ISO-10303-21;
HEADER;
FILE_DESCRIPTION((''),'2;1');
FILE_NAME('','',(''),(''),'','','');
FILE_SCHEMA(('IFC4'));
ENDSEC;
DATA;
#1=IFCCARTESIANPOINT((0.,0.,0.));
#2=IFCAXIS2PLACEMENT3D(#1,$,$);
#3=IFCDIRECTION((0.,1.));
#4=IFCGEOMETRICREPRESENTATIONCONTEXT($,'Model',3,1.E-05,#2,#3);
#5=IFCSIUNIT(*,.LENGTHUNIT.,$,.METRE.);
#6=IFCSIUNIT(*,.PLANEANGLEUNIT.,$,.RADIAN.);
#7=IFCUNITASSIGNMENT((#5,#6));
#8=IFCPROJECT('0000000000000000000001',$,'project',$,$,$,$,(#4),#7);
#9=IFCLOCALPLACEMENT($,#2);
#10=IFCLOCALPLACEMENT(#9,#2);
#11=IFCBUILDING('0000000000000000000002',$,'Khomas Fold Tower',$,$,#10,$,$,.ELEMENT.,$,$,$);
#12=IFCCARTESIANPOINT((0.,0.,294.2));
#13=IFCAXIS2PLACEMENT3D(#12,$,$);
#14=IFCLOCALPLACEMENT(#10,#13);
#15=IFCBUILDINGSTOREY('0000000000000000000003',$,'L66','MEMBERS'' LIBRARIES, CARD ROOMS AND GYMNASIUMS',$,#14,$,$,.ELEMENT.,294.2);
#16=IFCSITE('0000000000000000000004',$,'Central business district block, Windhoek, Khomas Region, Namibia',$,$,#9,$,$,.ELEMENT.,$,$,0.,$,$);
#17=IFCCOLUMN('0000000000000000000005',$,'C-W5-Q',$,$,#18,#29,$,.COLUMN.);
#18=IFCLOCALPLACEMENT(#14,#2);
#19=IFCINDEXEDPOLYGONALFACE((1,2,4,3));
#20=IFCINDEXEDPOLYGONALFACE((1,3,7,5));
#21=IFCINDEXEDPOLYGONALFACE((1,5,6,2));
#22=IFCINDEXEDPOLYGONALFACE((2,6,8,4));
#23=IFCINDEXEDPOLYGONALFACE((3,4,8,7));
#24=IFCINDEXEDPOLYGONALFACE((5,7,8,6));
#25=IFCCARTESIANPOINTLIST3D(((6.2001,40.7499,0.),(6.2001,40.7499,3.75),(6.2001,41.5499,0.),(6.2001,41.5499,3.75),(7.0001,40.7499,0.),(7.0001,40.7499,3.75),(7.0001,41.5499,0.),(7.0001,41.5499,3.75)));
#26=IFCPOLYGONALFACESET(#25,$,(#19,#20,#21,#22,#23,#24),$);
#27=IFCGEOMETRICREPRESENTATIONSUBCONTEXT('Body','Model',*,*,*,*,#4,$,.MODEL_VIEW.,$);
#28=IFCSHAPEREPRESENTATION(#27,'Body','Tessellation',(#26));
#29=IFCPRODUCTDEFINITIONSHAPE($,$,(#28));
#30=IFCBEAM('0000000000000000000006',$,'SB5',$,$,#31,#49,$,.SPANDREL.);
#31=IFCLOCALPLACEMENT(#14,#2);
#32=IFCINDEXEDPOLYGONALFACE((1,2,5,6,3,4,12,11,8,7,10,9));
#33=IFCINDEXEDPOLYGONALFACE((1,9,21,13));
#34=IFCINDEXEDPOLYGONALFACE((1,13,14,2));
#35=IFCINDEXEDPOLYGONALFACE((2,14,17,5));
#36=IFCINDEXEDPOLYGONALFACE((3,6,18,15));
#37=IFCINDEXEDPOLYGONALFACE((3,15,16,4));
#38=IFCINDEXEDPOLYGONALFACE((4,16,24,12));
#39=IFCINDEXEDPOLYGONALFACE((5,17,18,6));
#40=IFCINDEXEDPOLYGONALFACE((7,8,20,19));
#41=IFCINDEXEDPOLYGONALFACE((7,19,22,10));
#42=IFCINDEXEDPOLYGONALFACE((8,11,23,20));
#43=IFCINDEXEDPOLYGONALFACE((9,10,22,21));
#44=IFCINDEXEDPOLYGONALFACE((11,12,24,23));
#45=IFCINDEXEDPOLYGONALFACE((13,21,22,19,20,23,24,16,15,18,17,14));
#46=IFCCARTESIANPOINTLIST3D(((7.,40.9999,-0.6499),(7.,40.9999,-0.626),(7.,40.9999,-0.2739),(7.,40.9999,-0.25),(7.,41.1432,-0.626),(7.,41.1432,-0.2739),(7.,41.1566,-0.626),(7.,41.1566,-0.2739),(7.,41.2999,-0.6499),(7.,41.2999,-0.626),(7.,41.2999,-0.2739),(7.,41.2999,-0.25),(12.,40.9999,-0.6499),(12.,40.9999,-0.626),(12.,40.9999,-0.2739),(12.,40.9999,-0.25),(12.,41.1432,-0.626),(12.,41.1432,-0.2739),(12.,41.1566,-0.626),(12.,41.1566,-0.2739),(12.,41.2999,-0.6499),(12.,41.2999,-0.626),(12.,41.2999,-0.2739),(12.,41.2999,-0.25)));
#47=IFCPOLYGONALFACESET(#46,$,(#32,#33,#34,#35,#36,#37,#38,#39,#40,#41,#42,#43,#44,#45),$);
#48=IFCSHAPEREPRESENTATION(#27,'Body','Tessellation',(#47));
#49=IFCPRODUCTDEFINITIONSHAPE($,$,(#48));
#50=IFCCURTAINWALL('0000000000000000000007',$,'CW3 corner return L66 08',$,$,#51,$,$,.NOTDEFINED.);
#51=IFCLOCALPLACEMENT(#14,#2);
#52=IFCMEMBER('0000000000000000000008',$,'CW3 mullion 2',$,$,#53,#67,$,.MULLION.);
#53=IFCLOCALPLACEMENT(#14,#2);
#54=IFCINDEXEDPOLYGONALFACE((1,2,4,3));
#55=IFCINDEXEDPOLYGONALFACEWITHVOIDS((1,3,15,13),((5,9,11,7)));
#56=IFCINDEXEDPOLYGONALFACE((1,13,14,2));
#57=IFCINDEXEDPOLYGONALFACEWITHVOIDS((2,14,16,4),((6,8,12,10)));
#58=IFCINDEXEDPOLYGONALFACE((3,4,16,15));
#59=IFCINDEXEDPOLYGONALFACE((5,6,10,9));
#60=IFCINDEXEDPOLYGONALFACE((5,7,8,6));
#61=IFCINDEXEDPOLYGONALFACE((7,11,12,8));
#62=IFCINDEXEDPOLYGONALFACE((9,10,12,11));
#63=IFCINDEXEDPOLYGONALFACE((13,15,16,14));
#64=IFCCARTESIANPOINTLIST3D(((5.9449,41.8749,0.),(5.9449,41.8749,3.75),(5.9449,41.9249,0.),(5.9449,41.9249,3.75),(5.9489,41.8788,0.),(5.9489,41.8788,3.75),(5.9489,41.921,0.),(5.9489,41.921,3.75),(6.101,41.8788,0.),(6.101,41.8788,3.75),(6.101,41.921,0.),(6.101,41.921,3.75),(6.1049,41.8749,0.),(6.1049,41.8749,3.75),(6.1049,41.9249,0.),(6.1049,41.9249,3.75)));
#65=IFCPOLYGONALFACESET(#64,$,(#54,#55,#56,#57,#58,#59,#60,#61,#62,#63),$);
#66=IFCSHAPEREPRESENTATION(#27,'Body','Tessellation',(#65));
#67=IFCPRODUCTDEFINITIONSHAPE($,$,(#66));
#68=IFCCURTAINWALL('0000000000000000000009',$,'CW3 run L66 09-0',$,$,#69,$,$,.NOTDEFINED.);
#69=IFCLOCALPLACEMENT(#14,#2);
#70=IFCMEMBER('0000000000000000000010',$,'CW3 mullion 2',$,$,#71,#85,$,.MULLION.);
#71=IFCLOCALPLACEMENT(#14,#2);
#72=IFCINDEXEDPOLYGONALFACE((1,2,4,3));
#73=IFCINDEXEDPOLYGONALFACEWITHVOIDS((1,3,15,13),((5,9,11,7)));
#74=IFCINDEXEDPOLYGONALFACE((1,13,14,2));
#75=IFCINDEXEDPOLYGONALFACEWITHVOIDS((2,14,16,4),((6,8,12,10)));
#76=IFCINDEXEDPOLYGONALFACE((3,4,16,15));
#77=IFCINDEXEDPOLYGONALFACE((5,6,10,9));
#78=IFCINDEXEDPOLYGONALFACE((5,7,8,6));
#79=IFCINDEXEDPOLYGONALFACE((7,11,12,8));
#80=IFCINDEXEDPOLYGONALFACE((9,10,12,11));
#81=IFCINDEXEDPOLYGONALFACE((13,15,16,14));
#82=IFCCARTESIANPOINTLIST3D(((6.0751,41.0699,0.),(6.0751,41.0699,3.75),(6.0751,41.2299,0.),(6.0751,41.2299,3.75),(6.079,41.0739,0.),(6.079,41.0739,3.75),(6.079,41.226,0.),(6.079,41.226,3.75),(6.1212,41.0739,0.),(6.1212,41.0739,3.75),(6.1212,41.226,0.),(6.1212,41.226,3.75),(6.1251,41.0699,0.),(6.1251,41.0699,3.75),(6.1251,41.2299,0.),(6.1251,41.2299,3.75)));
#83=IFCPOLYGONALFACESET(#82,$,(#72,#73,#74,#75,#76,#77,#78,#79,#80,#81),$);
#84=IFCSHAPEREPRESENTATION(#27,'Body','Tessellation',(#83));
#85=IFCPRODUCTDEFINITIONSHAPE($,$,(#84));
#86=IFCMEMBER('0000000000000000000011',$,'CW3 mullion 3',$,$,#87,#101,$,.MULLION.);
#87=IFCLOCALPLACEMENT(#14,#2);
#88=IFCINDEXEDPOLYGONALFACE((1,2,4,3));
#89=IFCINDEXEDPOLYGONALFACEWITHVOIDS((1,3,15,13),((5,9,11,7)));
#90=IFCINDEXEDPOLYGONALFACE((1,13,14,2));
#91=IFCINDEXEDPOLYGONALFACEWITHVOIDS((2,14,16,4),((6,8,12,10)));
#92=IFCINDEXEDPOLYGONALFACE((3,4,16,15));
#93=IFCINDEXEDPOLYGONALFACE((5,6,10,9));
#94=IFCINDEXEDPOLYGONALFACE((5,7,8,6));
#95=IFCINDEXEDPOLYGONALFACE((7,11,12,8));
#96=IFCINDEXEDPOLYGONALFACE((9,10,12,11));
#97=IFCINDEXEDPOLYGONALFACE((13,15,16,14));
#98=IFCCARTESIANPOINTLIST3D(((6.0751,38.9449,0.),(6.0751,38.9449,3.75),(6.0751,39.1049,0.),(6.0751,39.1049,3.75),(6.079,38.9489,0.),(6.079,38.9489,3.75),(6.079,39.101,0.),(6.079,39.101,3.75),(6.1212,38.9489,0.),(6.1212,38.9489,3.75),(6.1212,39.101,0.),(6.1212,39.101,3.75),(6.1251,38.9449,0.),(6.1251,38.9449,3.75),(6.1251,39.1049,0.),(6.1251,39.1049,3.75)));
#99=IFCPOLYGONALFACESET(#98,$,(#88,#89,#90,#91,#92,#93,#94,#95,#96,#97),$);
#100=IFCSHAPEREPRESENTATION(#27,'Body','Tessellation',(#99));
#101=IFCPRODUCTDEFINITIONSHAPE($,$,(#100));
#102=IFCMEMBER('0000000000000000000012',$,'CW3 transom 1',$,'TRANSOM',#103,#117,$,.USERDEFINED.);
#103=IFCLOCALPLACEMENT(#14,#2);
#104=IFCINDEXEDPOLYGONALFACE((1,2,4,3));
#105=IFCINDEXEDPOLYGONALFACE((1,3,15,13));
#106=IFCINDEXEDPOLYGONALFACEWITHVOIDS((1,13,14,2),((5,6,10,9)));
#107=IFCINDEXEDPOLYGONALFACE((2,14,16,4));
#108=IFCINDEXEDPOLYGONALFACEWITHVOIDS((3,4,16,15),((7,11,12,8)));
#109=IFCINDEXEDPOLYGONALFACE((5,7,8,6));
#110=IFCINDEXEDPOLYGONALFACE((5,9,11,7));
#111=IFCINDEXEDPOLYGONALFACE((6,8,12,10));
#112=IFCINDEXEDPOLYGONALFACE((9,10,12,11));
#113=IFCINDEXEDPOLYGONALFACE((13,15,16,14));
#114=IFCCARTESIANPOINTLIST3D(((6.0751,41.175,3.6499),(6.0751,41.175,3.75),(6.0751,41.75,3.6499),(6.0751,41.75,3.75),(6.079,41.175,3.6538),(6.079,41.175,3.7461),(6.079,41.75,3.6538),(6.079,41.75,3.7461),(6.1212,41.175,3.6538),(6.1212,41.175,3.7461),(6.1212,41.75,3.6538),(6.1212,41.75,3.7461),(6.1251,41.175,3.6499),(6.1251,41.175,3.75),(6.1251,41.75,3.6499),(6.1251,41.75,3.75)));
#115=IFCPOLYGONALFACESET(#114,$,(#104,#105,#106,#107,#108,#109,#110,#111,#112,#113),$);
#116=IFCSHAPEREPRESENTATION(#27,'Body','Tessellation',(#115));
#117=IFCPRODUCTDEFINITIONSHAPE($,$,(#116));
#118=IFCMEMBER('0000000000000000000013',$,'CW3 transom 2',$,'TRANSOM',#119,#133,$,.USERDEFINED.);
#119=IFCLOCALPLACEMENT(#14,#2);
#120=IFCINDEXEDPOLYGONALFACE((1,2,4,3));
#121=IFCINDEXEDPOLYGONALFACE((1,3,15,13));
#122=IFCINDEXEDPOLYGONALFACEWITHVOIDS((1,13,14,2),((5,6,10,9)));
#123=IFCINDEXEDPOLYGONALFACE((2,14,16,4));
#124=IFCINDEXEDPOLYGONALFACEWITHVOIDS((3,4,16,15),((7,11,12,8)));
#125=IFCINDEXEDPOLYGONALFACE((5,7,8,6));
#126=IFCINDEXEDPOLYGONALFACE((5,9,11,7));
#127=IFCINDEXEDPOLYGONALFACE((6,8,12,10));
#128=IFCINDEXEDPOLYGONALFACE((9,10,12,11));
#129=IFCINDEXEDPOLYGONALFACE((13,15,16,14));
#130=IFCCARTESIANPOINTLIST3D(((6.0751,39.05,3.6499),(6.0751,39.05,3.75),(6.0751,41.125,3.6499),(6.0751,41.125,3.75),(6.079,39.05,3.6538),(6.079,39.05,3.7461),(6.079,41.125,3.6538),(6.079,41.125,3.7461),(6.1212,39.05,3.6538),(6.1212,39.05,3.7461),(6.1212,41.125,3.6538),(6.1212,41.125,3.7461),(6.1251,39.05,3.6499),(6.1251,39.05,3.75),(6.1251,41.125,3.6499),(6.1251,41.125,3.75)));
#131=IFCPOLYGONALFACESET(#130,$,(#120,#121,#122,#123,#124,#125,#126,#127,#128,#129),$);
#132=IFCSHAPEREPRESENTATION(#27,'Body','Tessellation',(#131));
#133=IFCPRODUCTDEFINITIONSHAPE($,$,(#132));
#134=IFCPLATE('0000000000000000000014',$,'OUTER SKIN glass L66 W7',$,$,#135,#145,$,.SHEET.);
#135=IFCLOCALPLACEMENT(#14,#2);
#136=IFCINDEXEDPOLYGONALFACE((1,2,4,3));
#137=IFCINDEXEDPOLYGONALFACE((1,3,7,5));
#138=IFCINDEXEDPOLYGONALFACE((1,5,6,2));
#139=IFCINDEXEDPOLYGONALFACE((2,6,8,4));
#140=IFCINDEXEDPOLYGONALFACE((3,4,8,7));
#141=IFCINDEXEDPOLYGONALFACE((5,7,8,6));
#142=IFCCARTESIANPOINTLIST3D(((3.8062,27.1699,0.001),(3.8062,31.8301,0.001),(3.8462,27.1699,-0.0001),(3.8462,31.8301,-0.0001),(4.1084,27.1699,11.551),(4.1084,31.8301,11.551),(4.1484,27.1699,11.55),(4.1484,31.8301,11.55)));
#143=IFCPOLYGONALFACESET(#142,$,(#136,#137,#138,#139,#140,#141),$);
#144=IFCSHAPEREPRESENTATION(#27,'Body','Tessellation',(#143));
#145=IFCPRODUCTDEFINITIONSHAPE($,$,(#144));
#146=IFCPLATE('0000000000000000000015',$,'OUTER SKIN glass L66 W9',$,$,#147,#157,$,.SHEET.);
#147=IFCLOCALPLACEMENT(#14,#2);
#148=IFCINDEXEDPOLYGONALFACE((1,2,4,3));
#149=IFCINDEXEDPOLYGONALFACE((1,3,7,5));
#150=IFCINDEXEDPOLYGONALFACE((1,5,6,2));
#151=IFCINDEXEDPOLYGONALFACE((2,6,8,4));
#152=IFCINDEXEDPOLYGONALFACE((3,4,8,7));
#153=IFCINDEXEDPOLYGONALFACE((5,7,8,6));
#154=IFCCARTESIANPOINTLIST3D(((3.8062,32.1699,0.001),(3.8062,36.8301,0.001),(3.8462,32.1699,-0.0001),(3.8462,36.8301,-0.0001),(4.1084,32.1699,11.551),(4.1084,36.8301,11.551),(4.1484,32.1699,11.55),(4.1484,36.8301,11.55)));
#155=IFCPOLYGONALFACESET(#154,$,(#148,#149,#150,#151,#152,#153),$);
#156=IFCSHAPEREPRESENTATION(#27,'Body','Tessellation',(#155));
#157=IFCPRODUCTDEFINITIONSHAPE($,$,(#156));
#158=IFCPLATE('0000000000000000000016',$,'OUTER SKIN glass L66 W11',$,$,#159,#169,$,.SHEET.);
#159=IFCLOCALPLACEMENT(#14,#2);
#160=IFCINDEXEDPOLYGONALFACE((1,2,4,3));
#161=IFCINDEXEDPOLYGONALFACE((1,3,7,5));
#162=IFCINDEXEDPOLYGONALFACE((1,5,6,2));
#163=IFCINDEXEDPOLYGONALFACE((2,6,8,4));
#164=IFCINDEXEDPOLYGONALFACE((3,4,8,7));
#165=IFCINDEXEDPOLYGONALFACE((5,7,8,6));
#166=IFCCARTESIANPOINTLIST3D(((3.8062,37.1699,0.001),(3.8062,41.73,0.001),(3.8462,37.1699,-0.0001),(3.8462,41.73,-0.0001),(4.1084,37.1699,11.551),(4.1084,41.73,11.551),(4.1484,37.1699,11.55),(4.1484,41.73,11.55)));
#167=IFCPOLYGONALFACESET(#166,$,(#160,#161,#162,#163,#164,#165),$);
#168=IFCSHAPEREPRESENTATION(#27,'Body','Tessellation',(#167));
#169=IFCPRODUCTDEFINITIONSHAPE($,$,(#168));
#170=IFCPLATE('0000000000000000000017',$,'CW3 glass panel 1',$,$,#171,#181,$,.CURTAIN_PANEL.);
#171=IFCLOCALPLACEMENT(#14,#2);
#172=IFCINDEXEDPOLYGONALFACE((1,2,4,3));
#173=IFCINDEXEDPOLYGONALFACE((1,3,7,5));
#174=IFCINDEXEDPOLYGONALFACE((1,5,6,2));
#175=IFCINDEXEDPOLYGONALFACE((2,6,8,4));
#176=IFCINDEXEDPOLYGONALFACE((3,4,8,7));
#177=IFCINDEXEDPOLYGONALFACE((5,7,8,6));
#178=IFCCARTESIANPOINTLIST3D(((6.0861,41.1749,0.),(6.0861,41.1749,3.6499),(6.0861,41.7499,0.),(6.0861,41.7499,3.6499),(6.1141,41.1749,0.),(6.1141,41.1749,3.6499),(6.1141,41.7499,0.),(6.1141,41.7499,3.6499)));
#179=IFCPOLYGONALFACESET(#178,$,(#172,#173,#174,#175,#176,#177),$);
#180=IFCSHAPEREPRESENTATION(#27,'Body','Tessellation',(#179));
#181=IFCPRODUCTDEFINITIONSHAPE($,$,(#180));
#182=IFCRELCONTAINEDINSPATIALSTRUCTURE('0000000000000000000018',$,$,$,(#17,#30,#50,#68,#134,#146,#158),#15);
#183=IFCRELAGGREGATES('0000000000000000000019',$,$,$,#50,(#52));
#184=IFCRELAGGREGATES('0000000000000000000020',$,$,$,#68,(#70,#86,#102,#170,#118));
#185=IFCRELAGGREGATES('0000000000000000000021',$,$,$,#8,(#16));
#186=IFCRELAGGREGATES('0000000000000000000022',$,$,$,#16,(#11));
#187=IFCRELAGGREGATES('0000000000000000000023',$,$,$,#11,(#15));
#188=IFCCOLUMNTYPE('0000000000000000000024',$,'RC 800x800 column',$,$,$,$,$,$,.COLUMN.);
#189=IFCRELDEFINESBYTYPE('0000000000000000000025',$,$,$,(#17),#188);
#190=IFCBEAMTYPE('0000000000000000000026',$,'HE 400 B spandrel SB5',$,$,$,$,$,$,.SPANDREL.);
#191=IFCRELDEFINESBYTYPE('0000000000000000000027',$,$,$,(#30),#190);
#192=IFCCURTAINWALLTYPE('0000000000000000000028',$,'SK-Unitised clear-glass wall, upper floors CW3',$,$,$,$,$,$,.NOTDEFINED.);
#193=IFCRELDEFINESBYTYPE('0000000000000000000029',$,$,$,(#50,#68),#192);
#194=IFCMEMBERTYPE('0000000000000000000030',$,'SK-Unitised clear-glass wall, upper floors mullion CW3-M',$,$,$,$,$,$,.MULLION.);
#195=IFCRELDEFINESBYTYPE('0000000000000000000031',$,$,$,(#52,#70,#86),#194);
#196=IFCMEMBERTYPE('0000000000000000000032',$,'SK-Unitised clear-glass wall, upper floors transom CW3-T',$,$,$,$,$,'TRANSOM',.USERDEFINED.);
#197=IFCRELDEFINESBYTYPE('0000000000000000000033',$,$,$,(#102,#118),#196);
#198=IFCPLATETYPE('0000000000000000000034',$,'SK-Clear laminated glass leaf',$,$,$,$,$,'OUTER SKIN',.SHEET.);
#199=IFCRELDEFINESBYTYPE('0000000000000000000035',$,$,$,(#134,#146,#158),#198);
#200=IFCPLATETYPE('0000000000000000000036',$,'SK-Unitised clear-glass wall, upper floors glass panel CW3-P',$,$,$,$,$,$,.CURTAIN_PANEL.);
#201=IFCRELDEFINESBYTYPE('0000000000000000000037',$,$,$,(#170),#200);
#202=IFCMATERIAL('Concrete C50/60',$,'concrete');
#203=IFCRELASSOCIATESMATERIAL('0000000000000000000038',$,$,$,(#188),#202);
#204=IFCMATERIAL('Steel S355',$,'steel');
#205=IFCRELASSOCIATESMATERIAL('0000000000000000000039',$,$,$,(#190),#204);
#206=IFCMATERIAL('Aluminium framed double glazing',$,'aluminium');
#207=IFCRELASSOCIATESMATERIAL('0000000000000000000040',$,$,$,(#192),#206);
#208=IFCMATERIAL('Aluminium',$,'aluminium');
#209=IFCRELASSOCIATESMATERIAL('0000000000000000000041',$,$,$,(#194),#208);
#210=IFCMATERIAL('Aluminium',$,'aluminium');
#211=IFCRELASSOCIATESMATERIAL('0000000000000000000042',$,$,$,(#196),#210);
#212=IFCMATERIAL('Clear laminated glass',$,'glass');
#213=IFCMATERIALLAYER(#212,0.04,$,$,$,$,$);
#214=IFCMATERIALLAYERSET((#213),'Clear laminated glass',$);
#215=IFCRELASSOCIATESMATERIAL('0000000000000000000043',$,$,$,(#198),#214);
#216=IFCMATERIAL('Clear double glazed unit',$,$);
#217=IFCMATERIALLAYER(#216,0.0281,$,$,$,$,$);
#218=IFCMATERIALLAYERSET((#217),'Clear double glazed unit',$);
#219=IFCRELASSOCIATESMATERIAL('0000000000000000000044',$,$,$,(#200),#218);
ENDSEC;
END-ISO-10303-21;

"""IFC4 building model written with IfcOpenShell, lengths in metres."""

from ifc_helpers import new_model, si_unit, direction, frame, origin, origin_2d, place, context, subcontext, project, spatial, polyline, rectangle, hollow_rectangle, i_section, outline, extrude, source, transform, mapped, material, layer, layer_set, material_profile, profile_set, type_object, element, aggregate, save


model = new_model("IFC4")

# Units and contexts
model_context = context("Model", 3, precision=1e-05, world=origin(), true_north=direction((0.0, 1.0)))
body_context = subcontext(model_context, "Body", "Model", "MODEL_VIEW")
ifc_project = project(units=[si_unit("LENGTHUNIT", "METRE"), si_unit("PLANEANGLEUNIT", "RADIAN")], contexts=[model_context])

# Site, building, storey
site_placement = place(None, origin())
site = spatial("IfcSite", under=ifc_project, at=site_placement, Name="Central business district block, Windhoek, Khomas Region, Namibia", CompositionType="ELEMENT", RefElevation=0.0)
building_placement = place(site_placement, origin())
building = spatial("IfcBuilding", under=site, at=building_placement, Name="Khomas Fold Tower", CompositionType="ELEMENT")
storey_placement = place(building_placement, frame((0.0, 0.0, 294.2)))
storey = spatial("IfcBuildingStorey", under=building, at=storey_placement, Name="L66", Description="MEMBERS' LIBRARIES, CARD ROOMS AND GYMNASIUMS", CompositionType="ELEMENT", Elevation=294.2)

# Column
ifc_material_1 = material(Name="Concrete C50/60", Category="concrete")
ifc_material_profile_1 = material_profile(ifc_material_1, rectangle(XDim=0.8, YDim=0.8, at=origin_2d()), Name="RC 800x800")
ifc_profile_set_1 = profile_set([ifc_material_profile_1], Name="Concrete C50/60")
column_type = type_object("IfcColumnType", Name="RC 800x800 column", PredefinedType="COLUMN", material=ifc_profile_set_1)
shared_shape_1 = source(origin(), body_context, "Body", "SweptSolid", [
    extrude(rectangle(XDim=0.8, YDim=0.8, at=origin_2d()), origin(), (0.0, 0.0, 1.0), 3.75),
])
column_placement = place(storey_placement, frame((6.6001, 41.1499, 0.0), z_axis=(0.0, 0.0, 1.0), x_axis=(1.0, 0.0, 0.0)))
element("IfcColumn", 1, at=column_placement, inside=storey, type_object=column_type, Name="C-W5-Q", PredefinedType="COLUMN", context=body_context, shape_type="MappedRepresentation", body=[
    mapped(shared_shape_1, transform((0.0, 0.0, 0.0))),
])

# Beam
ifc_material_2 = material(Name="Steel S355", Category="steel")
ifc_material_profile_2 = material_profile(ifc_material_2, i_section(OverallWidth=0.3, OverallDepth=0.3999, WebThickness=0.0134, FlangeThickness=0.0239, at=origin_2d()), Name="HE 400 B")
ifc_profile_set_2 = profile_set([ifc_material_profile_2], Name="Steel S355")
beam_type = type_object("IfcBeamType", Name="HE 400 B spandrel SB5", PredefinedType="SPANDREL", material=ifc_profile_set_2)
shared_shape_2 = source(origin(), body_context, "Body", "SweptSolid", [
    extrude(i_section(OverallWidth=0.3, OverallDepth=0.3999, WebThickness=0.0134, FlangeThickness=0.0239, at=origin_2d()), origin(), (0.0, 0.0, 1.0), 5.0),
])
beam_placement = place(storey_placement, frame((7.0, 41.1499, -0.45), z_axis=(1.0, 0.0, 0.0), x_axis=(0.0, 1.0, 0.0)))
element("IfcBeam", 2, at=beam_placement, inside=storey, type_object=beam_type, Name="SB5", PredefinedType="SPANDREL", context=body_context, shape_type="MappedRepresentation", body=[
    mapped(shared_shape_2, transform((0.0, 0.0, 0.0))),
])

# Curtain wall, member
ifc_material_3 = material(Name="Aluminium framed double glazing", Category="aluminium")
curtain_wall_type = type_object("IfcCurtainWallType", Name="SK-Unitised clear-glass wall, upper floors CW3", PredefinedType="NOTDEFINED", material=ifc_material_3)
curtain_wall_1_placement = place(storey_placement, origin())
curtain_wall_1 = element("IfcCurtainWall", 3, at=curtain_wall_1_placement, inside=storey, type_object=curtain_wall_type, Name="CW3 corner return L66 08", PredefinedType="NOTDEFINED")
ifc_material_4 = material(Name="Aluminium", Category="aluminium")
ifc_material_profile_3 = material_profile(ifc_material_4, hollow_rectangle(XDim=0.05, YDim=0.1599, WallThickness=0.0039, at=origin_2d()), Name="SK-Unitised clear-glass wall, upper floors mullion CW3-M")
ifc_profile_set_3 = profile_set([ifc_material_profile_3], Name="Aluminium")
member_type_1 = type_object("IfcMemberType", Name="SK-Unitised clear-glass wall, upper floors mullion CW3-M", PredefinedType="MULLION", material=ifc_profile_set_3)
shared_shape_3 = source(origin(), body_context, "Body", "SweptSolid", [
    extrude(hollow_rectangle(XDim=0.05, YDim=0.1599, WallThickness=0.0039, at=origin_2d()), origin(), (0.0, 0.0, 1.0), 3.75),
])
member_1_placement = place(storey_placement, frame((6.0249, 41.8999, 0.0), z_axis=(0.0, 0.0, 1.0), x_axis=(0.0, -1.0, 0.0)))
member_1 = element("IfcMember", 4, at=member_1_placement, type_object=member_type_1, Name="CW3 mullion 2", PredefinedType="MULLION", context=body_context, shape_type="MappedRepresentation", body=[
    mapped(shared_shape_3, transform((0.0, 0.0, 0.0))),
])
aggregate(curtain_wall_1, [member_1])

# Curtain wall, members
curtain_wall_2_placement = place(storey_placement, origin())
curtain_wall_2 = element("IfcCurtainWall", 5, at=curtain_wall_2_placement, inside=storey, type_object=curtain_wall_type, Name="CW3 run L66 09-0", PredefinedType="NOTDEFINED")
member_2_placement = place(storey_placement, frame((6.1001, 41.1499, 0.0), z_axis=(0.0, 0.0, 1.0), x_axis=(1.0, 0.0, 0.0)))
member_2 = element("IfcMember", 6, at=member_2_placement, type_object=member_type_1, Name="CW3 mullion 2", PredefinedType="MULLION", context=body_context, shape_type="MappedRepresentation", body=[
    mapped(shared_shape_3, transform((0.0, 0.0, 0.0))),
])
member_3_placement = place(storey_placement, frame((6.1001, 39.0249, 0.0), z_axis=(0.0, 0.0, 1.0), x_axis=(1.0, 0.0, 0.0)))
member_3 = element("IfcMember", 7, at=member_3_placement, type_object=member_type_1, Name="CW3 mullion 3", PredefinedType="MULLION", context=body_context, shape_type="MappedRepresentation", body=[
    mapped(shared_shape_3, transform((0.0, 0.0, 0.0))),
])
ifc_material_5 = material(Name="Aluminium", Category="aluminium")
ifc_material_profile_4 = material_profile(ifc_material_5, hollow_rectangle(XDim=0.05, YDim=0.1001, WallThickness=0.0039, at=origin_2d()), Name="SK-Unitised clear-glass wall, upper floors transom CW3-T")
ifc_profile_set_4 = profile_set([ifc_material_profile_4], Name="Aluminium")
member_type_2 = type_object("IfcMemberType", Name="SK-Unitised clear-glass wall, upper floors transom CW3-T", ElementType="TRANSOM", PredefinedType="USERDEFINED", material=ifc_profile_set_4)
shared_shape_4 = source(origin(), body_context, "Body", "SweptSolid", [
    extrude(hollow_rectangle(XDim=0.05, YDim=0.1001, WallThickness=0.0039, at=origin_2d()), origin(), (0.0, 0.0, 1.0), 0.575),
])
member_4_placement = place(storey_placement, frame((6.1001, 41.75, 3.7), z_axis=(0.0, -1.0, 0.0), x_axis=(1.0, 0.0, 0.0)))
member_4 = element("IfcMember", 8, at=member_4_placement, type_object=member_type_2, Name="CW3 transom 1", ObjectType="TRANSOM", PredefinedType="USERDEFINED", context=body_context, shape_type="MappedRepresentation", body=[
    mapped(shared_shape_4, transform((0.0, 0.0, 0.0))),
])
shared_shape_5 = source(origin(), body_context, "Body", "SweptSolid", [
    extrude(hollow_rectangle(XDim=0.05, YDim=0.1001, WallThickness=0.0039, at=origin_2d()), origin(), (0.0, 0.0, 1.0), 2.075),
])
member_5_placement = place(storey_placement, frame((6.1001, 41.125, 3.7), z_axis=(0.0, -1.0, 0.0), x_axis=(1.0, 0.0, 0.0)))
member_5 = element("IfcMember", 9, at=member_5_placement, type_object=member_type_2, Name="CW3 transom 2", ObjectType="TRANSOM", PredefinedType="USERDEFINED", context=body_context, shape_type="MappedRepresentation", body=[
    mapped(shared_shape_5, transform((0.0, 0.0, 0.0))),
])

# Plates
ifc_material_6 = material(Name="Clear laminated glass", Category="glass")
ifc_layer_1 = layer(ifc_material_6, 0.04)
ifc_layer_set_1 = layer_set([ifc_layer_1], Name="Clear laminated glass")
plate_type_1 = type_object("IfcPlateType", Name="SK-Clear laminated glass leaf", ElementType="OUTER SKIN", PredefinedType="SHEET", material=ifc_layer_set_1)
for number, where, z_axis, x_axis, name in (
    (10, (3.8062, 27.1699, 0.001), (-0.999658, 0.0, 0.026159), (0.0, 1.0, 0.0), "OUTER SKIN glass L66 W7"),
    (11, (3.8062, 32.1699, 0.001), (-0.999658, 0.0, 0.026159), (0.0, 1.0, 0.0), "OUTER SKIN glass L66 W9"),
):
    element("IfcPlate", number, at=place(storey_placement, frame(where, z_axis=z_axis, x_axis=x_axis)), inside=storey, type_object=plate_type_1, Name=name, PredefinedType="SHEET", context=body_context, shape_type="SweptSolid", body=[
        extrude(outline(polyline([(0.0, 0.0), (4.6602, 0.0), (4.6602, -11.554), (0.0, -11.554), (0.0, 0.0)])), origin(), (0.0, 0.0, -1.0), 0.04),
    ])
plate_1_placement = place(storey_placement, frame((3.8062, 37.1699, 0.001), z_axis=(-0.999658, 0.0, 0.026159), x_axis=(0.0, 1.0, 0.0)))
element("IfcPlate", 12, at=plate_1_placement, inside=storey, type_object=plate_type_1, Name="OUTER SKIN glass L66 W11", PredefinedType="SHEET", context=body_context, shape_type="SweptSolid", body=[
    extrude(outline(polyline([(0.0, 0.0), (4.5601, 0.0), (4.5601, -11.554), (0.0, -11.554), (0.0, 0.0)])), origin(), (0.0, 0.0, -1.0), 0.04),
])

# Plate
ifc_material_7 = material(Name="Clear double glazed unit")
ifc_layer_2 = layer(ifc_material_7, 0.0281)
ifc_layer_set_2 = layer_set([ifc_layer_2], Name="Clear double glazed unit")
plate_type_2 = type_object("IfcPlateType", Name="SK-Unitised clear-glass wall, upper floors glass panel CW3-P", PredefinedType="CURTAIN_PANEL", material=ifc_layer_set_2)
shared_shape_6 = source(origin(), body_context, "Body", "SweptSolid", [
    extrude(rectangle(XDim=0.575, YDim=0.0281, at=origin_2d()), origin(), (0.0, 0.0, 1.0), 3.6499),
])
plate_2_placement = place(storey_placement, frame((6.1001, 41.4624, 0.0), z_axis=(0.0, 0.0, 1.0), x_axis=(0.0, -1.0, 0.0)))
plate_2 = element("IfcPlate", 13, at=plate_2_placement, type_object=plate_type_2, Name="CW3 glass panel 1", PredefinedType="CURTAIN_PANEL", context=body_context, shape_type="MappedRepresentation", body=[
    mapped(shared_shape_6, transform((0.0, 0.0, 0.0))),
])
aggregate(curtain_wall_2, [member_2, member_3, member_4, plate_2, member_5])

save(model, "model.ifc")
